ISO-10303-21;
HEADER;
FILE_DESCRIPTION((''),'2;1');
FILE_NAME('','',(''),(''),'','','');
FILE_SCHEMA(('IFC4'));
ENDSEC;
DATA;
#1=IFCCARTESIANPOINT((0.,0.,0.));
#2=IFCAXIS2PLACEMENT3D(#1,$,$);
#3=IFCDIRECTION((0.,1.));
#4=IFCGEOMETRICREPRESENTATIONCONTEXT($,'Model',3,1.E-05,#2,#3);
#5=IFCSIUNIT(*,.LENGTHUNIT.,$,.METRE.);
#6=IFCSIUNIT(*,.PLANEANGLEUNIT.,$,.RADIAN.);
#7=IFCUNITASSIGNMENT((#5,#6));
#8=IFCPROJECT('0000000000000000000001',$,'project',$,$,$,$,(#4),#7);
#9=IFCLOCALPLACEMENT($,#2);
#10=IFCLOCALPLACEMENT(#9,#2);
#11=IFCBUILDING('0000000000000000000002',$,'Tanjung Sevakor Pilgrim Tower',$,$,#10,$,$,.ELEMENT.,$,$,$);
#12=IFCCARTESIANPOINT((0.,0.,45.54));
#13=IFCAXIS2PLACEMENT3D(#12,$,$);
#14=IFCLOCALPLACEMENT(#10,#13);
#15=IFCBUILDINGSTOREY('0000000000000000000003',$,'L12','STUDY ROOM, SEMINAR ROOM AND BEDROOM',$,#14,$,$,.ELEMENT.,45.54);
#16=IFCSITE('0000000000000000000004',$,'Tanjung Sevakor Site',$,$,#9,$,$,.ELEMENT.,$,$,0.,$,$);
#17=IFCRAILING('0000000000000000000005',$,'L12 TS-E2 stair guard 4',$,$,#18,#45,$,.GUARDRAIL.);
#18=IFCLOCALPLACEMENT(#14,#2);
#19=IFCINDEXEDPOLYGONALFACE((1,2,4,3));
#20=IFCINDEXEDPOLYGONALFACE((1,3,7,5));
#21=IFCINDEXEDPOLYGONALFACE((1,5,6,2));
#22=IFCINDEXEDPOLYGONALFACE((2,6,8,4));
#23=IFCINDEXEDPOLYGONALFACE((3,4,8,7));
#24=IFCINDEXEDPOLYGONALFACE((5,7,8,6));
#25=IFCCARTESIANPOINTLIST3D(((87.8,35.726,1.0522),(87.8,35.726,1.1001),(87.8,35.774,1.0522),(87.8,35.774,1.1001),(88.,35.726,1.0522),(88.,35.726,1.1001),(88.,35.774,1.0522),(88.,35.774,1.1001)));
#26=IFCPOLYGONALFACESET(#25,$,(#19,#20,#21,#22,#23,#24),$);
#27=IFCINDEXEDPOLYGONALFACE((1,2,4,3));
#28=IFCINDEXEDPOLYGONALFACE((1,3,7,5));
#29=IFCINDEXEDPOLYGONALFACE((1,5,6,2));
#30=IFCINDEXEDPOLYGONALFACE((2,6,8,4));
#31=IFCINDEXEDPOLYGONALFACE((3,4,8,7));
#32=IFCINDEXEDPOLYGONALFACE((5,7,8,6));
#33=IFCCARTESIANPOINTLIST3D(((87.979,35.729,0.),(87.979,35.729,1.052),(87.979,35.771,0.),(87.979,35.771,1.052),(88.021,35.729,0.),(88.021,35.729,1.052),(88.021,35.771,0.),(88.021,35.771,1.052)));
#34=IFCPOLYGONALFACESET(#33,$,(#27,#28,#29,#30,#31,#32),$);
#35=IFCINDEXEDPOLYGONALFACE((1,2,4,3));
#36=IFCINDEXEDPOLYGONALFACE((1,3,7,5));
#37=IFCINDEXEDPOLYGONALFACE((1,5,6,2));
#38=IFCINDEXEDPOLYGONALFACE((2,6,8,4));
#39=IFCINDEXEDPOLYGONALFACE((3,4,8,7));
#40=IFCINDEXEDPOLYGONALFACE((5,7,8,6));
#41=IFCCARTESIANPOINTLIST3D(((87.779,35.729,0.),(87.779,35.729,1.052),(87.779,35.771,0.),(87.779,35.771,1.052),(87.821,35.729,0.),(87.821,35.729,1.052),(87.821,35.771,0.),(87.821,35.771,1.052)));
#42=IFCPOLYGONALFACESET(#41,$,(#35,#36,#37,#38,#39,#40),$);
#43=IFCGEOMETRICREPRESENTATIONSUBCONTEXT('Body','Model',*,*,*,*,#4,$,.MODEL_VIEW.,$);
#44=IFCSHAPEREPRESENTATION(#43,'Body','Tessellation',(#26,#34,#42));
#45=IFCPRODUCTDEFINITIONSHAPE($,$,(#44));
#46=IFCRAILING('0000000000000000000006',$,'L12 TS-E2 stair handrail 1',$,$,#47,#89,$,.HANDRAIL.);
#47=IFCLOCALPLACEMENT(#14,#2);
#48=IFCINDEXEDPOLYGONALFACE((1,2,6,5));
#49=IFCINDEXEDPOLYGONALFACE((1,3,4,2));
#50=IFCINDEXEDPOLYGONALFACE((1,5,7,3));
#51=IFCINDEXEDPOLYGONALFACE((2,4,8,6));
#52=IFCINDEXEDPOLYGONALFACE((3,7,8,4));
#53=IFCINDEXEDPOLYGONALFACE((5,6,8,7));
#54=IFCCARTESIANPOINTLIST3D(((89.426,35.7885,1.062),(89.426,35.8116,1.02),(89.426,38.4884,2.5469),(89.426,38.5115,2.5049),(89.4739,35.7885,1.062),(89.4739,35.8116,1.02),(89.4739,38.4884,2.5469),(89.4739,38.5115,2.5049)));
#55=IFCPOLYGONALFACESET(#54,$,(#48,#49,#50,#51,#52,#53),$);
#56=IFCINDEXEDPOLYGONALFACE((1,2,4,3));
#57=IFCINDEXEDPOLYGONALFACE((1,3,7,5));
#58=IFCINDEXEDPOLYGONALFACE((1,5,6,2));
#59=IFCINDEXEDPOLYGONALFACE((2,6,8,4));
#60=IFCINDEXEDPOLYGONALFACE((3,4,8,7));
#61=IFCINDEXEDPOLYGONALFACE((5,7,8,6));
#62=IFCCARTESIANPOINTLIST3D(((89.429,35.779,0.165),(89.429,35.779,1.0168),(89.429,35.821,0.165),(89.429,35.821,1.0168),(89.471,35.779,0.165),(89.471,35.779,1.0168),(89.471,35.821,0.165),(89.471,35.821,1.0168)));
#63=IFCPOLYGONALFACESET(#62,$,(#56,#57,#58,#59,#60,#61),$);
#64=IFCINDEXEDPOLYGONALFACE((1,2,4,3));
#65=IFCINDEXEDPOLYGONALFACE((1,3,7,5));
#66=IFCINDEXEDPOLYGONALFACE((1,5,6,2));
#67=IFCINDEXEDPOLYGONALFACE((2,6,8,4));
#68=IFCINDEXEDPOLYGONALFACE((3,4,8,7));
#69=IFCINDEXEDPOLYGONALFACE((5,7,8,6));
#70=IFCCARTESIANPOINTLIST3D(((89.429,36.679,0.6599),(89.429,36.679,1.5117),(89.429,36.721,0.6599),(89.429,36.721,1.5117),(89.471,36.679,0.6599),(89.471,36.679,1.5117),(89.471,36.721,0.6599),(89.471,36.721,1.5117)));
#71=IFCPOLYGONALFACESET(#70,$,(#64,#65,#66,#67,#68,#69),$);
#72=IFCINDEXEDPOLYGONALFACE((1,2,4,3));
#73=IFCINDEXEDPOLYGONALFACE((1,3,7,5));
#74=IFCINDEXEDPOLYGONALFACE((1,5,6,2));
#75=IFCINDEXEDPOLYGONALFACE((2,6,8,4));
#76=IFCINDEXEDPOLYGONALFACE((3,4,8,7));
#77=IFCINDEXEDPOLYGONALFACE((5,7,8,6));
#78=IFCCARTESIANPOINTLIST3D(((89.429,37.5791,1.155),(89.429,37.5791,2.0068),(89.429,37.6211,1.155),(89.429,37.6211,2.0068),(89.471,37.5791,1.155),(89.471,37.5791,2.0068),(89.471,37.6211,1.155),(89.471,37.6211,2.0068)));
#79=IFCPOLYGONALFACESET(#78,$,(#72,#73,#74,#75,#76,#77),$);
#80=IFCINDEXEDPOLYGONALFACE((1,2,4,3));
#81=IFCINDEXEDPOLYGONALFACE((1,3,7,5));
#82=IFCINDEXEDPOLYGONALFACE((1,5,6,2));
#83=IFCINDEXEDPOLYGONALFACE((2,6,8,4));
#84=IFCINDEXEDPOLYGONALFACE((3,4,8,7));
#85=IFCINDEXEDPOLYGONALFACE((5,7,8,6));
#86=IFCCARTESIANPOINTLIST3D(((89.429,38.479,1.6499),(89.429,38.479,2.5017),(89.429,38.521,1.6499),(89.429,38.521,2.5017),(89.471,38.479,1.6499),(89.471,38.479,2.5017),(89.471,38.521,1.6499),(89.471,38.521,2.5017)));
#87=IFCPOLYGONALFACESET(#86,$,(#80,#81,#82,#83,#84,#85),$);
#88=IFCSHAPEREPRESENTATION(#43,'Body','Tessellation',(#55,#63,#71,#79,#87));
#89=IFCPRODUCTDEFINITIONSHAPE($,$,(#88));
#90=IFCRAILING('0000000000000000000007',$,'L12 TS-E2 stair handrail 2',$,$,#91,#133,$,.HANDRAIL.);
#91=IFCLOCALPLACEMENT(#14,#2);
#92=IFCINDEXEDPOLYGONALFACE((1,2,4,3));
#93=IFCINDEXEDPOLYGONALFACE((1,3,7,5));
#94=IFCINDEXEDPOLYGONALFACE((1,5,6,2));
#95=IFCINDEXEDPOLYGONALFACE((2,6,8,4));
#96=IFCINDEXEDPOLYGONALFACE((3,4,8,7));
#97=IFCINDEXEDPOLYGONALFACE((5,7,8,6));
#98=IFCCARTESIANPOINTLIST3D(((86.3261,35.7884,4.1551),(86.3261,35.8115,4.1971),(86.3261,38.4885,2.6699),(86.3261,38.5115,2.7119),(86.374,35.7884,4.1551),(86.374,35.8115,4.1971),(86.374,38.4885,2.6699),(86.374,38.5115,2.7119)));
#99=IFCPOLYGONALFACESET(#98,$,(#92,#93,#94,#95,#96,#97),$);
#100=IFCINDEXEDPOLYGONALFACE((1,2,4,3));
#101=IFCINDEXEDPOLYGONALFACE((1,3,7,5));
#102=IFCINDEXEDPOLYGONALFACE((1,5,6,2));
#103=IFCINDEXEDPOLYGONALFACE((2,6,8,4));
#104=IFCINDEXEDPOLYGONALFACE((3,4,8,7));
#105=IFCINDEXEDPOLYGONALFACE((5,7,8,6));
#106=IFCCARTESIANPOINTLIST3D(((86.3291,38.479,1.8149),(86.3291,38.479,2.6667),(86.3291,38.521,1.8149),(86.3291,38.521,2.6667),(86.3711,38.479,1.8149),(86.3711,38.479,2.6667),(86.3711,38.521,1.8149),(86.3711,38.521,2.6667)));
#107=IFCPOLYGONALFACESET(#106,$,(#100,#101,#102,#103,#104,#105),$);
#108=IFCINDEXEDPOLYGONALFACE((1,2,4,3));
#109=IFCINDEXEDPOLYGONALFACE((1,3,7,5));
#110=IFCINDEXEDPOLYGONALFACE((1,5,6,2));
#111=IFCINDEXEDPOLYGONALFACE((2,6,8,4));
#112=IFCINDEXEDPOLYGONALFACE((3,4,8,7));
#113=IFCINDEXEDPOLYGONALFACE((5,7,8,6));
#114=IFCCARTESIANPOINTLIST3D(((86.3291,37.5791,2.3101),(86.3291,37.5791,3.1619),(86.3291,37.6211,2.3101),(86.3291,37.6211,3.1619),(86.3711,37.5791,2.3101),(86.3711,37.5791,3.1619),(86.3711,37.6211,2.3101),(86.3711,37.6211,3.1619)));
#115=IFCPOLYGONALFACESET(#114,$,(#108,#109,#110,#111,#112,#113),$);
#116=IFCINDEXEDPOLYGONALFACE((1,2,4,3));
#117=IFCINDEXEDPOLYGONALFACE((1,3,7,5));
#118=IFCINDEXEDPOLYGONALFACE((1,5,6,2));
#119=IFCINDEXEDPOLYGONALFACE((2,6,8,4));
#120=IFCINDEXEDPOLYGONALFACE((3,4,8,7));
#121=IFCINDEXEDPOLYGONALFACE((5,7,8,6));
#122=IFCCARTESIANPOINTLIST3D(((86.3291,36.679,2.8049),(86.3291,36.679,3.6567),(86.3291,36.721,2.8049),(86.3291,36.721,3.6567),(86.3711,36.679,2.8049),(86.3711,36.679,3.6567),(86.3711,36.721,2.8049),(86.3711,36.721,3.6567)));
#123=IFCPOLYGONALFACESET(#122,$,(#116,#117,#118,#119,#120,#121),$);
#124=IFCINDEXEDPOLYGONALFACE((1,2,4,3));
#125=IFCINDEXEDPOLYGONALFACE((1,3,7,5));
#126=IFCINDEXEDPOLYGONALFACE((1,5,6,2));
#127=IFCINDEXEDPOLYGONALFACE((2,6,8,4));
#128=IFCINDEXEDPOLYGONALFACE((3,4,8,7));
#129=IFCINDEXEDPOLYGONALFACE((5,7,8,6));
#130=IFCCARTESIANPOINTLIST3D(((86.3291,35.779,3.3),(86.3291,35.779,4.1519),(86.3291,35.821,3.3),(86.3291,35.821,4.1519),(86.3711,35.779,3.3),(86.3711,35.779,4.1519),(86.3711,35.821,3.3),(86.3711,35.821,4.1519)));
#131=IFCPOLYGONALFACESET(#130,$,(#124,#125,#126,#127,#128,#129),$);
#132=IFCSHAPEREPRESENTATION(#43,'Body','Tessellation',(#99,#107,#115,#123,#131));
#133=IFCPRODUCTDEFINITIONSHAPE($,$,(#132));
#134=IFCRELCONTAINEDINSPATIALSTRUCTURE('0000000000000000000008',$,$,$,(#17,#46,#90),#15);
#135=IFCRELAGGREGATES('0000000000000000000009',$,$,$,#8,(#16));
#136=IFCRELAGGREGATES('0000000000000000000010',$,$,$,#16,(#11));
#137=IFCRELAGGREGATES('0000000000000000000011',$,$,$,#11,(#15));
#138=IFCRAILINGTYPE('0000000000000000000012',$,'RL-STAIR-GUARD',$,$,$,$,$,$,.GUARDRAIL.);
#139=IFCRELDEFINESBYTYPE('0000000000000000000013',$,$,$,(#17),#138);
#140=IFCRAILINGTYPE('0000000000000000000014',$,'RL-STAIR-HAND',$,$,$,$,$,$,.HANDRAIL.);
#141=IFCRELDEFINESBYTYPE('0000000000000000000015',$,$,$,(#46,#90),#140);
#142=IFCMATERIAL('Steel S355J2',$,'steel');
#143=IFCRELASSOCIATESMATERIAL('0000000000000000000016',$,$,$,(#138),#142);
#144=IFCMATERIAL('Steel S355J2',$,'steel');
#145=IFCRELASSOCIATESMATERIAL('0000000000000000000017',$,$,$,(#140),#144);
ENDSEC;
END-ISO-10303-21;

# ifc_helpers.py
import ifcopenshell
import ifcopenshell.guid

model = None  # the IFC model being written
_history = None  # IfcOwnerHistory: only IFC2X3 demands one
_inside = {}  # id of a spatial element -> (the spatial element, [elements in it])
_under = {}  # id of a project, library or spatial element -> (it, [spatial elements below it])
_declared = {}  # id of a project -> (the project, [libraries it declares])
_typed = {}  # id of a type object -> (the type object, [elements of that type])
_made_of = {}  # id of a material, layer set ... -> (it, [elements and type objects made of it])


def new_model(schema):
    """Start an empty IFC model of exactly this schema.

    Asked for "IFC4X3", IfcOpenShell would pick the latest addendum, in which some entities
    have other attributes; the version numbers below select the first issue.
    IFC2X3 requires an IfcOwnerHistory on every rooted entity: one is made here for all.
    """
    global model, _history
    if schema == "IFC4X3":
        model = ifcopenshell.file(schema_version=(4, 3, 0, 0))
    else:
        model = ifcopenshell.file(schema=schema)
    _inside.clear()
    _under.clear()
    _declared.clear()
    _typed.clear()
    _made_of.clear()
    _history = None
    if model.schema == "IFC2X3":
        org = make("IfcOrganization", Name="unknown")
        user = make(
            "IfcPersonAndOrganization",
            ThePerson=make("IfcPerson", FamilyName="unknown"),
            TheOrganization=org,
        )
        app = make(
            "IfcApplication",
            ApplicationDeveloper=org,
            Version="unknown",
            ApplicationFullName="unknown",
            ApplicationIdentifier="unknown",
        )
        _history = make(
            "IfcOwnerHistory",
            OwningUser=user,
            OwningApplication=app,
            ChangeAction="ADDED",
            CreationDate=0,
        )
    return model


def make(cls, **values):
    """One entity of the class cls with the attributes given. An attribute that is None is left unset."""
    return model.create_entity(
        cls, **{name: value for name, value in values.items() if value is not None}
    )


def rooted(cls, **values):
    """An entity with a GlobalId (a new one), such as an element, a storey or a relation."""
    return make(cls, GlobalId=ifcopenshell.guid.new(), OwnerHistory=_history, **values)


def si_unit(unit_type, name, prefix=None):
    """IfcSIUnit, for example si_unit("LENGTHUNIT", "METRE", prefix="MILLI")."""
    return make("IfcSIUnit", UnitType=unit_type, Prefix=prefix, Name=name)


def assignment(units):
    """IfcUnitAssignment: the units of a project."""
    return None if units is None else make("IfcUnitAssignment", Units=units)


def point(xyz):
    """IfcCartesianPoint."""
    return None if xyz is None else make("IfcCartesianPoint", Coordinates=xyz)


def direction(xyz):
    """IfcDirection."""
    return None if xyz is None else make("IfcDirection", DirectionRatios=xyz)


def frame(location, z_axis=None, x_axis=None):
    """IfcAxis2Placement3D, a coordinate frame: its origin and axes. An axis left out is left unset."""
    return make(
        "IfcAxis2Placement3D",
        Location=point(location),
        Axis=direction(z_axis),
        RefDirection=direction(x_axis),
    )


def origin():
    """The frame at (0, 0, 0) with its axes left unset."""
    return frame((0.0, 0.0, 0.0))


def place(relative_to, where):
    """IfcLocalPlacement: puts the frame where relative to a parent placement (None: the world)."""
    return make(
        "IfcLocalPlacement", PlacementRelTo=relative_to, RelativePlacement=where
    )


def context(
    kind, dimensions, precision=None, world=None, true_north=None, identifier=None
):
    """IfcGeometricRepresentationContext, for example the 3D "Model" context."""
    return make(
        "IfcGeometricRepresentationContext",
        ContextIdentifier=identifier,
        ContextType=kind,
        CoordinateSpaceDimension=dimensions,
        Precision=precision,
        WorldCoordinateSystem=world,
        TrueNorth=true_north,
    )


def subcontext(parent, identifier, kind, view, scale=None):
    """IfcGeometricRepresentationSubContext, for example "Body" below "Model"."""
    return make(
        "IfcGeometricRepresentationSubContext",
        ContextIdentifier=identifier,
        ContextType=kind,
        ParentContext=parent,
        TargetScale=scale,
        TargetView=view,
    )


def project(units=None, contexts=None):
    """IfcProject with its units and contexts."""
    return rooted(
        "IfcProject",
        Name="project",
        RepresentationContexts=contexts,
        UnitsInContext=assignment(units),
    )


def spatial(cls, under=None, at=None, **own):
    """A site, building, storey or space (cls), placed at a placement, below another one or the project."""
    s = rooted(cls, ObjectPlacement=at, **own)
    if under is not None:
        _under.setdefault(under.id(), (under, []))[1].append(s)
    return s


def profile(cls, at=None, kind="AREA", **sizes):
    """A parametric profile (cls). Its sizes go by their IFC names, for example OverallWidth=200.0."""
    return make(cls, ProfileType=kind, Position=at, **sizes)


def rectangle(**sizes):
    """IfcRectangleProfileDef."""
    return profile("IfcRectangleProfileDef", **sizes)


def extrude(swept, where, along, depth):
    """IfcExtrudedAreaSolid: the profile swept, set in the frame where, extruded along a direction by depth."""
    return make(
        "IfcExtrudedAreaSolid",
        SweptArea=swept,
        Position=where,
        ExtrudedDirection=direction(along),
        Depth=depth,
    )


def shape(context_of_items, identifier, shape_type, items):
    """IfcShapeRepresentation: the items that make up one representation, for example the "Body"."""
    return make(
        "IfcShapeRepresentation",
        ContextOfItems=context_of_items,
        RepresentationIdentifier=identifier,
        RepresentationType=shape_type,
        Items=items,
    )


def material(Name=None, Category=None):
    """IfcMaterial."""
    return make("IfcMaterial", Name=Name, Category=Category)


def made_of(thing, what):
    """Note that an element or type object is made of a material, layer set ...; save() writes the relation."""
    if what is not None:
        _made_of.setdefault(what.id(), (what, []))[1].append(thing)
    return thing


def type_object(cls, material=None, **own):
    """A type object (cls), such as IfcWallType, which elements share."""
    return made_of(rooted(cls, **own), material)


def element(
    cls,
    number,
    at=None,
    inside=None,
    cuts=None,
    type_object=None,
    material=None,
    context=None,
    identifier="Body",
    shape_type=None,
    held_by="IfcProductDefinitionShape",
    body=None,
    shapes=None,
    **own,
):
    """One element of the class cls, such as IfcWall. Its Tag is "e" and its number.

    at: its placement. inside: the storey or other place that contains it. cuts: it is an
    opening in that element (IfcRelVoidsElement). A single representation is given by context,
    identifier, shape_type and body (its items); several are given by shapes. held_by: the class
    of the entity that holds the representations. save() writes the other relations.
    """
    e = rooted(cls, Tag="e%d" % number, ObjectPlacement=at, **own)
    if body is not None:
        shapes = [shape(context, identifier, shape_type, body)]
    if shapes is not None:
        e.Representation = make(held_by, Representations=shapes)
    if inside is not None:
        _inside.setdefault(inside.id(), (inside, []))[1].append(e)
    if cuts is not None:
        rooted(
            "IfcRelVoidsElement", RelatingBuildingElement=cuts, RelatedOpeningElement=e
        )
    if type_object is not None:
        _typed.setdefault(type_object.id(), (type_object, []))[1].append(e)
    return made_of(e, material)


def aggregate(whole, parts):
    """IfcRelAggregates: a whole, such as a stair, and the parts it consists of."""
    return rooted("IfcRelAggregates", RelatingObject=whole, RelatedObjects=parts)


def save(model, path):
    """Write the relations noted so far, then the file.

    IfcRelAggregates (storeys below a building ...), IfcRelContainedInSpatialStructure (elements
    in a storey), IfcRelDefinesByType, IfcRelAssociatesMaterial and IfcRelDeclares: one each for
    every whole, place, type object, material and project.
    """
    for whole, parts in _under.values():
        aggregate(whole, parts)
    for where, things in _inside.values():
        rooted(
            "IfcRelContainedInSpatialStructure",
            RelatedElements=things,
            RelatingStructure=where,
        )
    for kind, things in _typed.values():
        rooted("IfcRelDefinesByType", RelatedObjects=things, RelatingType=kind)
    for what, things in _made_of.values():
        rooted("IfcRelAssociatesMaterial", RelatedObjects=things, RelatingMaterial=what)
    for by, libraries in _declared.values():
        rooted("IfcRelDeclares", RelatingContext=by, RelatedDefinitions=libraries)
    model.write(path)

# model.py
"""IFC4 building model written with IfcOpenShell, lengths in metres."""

from ifc_helpers import new_model, si_unit, direction, frame, origin, place, context, subcontext, project, spatial, rectangle, extrude, material, type_object, element, save


model = new_model("IFC4")

# Units and contexts
model_context = context("Model", 3, precision=1e-05, world=origin(), true_north=direction((0.0, 1.0)))
body_context = subcontext(model_context, "Body", "Model", "MODEL_VIEW")
ifc_project = project(units=[si_unit("LENGTHUNIT", "METRE"), si_unit("PLANEANGLEUNIT", "RADIAN")], contexts=[model_context])

# Site, building, storey
site_placement = place(None, origin())
site = spatial("IfcSite", under=ifc_project, at=site_placement, Name="Tanjung Sevakor Site", CompositionType="ELEMENT", RefElevation=0.0)
building_placement = place(site_placement, origin())
building = spatial("IfcBuilding", under=site, at=building_placement, Name="Tanjung Sevakor Pilgrim Tower", CompositionType="ELEMENT")
storey_placement = place(building_placement, frame((0.0, 0.0, 45.54)))
storey = spatial("IfcBuildingStorey", under=building, at=storey_placement, Name="L12", Description="STUDY ROOM, SEMINAR ROOM AND BEDROOM", CompositionType="ELEMENT", Elevation=45.54)

# Railings
ifc_material_1 = material(Name="Steel S355J2", Category="steel")
railing_type_1 = type_object("IfcRailingType", Name="RL-STAIR-GUARD", PredefinedType="GUARDRAIL", material=ifc_material_1)
railing_1_placement = place(storey_placement, frame((88.0, 35.75, 0.0)))
element("IfcRailing", 1, at=railing_1_placement, inside=storey, type_object=railing_type_1, Name="L12 TS-E2 stair guard 4", PredefinedType="GUARDRAIL", context=body_context, shape_type="SweptSolid", body=[
    extrude(rectangle(XDim=0.0479, YDim=0.0479), frame((0.0, 0.0, 1.0762), z_axis=(-1.0, 0.0, 0.0), x_axis=(0.0, -1.0, 0.0)), (0.0, 0.0, 1.0), 0.2),
    extrude(rectangle(XDim=0.042, YDim=0.042), origin(), (0.0, 0.0, 1.0), 1.052),
    extrude(rectangle(XDim=0.042, YDim=0.042), frame((-0.2, 0.0, 0.0)), (0.0, 0.0, 1.0), 1.052),
])
ifc_material_2 = material(Name="Steel S355J2", Category="steel")
railing_type_2 = type_object("IfcRailingType", Name="RL-STAIR-HAND", PredefinedType="HANDRAIL", material=ifc_material_2)
railing_2_placement = place(storey_placement, frame((89.45, 35.8, 0.165)))
element("IfcRailing", 2, at=railing_2_placement, inside=storey, type_object=railing_type_2, Name="L12 TS-E2 stair handrail 1", PredefinedType="HANDRAIL", context=body_context, shape_type="SweptSolid", body=[
    extrude(rectangle(XDim=0.0479, YDim=0.0479), frame((0.0, 0.0, 0.876), z_axis=(0.0, 0.876231, 0.481891), x_axis=(-1.0, 0.0, 0.0)), (0.0, 0.0, 1.0), 3.0813),
    extrude(rectangle(XDim=0.042, YDim=0.042), origin(), (0.0, 0.0, 1.0), 0.8518),
    extrude(rectangle(XDim=0.042, YDim=0.042), frame((0.0, 0.8999, 0.4949)), (0.0, 0.0, 1.0), 0.8518),
    extrude(rectangle(XDim=0.042, YDim=0.042), frame((0.0, 1.8, 0.99)), (0.0, 0.0, 1.0), 0.8518),
    extrude(rectangle(XDim=0.042, YDim=0.042), frame((0.0, 2.7, 1.4849)), (0.0, 0.0, 1.0), 0.8518),
])
railing_3_placement = place(storey_placement, frame((86.3501, 38.5, 1.8149)))
element("IfcRailing", 3, at=railing_3_placement, inside=storey, type_object=railing_type_2, Name="L12 TS-E2 stair handrail 2", PredefinedType="HANDRAIL", context=body_context, shape_type="SweptSolid", body=[
    extrude(rectangle(XDim=0.0479, YDim=0.0479), frame((0.0, 0.0, 0.876), z_axis=(0.0, -0.876198, 0.481952), x_axis=(1.0, 0.0, 0.0)), (0.0, 0.0, 1.0), 3.0815),
    extrude(rectangle(XDim=0.042, YDim=0.042), origin(), (0.0, 0.0, 1.0), 0.8518),
    extrude(rectangle(XDim=0.042, YDim=0.042), frame((0.0, -0.8999, 0.4951)), (0.0, 0.0, 1.0), 0.8518),
    extrude(rectangle(XDim=0.042, YDim=0.042), frame((0.0, -1.8, 0.99)), (0.0, 0.0, 1.0), 0.8518),
    extrude(rectangle(XDim=0.042, YDim=0.042), frame((0.0, -2.7, 1.4851)), (0.0, 0.0, 1.0), 0.8518),
])

save(model, "model.ifc")
